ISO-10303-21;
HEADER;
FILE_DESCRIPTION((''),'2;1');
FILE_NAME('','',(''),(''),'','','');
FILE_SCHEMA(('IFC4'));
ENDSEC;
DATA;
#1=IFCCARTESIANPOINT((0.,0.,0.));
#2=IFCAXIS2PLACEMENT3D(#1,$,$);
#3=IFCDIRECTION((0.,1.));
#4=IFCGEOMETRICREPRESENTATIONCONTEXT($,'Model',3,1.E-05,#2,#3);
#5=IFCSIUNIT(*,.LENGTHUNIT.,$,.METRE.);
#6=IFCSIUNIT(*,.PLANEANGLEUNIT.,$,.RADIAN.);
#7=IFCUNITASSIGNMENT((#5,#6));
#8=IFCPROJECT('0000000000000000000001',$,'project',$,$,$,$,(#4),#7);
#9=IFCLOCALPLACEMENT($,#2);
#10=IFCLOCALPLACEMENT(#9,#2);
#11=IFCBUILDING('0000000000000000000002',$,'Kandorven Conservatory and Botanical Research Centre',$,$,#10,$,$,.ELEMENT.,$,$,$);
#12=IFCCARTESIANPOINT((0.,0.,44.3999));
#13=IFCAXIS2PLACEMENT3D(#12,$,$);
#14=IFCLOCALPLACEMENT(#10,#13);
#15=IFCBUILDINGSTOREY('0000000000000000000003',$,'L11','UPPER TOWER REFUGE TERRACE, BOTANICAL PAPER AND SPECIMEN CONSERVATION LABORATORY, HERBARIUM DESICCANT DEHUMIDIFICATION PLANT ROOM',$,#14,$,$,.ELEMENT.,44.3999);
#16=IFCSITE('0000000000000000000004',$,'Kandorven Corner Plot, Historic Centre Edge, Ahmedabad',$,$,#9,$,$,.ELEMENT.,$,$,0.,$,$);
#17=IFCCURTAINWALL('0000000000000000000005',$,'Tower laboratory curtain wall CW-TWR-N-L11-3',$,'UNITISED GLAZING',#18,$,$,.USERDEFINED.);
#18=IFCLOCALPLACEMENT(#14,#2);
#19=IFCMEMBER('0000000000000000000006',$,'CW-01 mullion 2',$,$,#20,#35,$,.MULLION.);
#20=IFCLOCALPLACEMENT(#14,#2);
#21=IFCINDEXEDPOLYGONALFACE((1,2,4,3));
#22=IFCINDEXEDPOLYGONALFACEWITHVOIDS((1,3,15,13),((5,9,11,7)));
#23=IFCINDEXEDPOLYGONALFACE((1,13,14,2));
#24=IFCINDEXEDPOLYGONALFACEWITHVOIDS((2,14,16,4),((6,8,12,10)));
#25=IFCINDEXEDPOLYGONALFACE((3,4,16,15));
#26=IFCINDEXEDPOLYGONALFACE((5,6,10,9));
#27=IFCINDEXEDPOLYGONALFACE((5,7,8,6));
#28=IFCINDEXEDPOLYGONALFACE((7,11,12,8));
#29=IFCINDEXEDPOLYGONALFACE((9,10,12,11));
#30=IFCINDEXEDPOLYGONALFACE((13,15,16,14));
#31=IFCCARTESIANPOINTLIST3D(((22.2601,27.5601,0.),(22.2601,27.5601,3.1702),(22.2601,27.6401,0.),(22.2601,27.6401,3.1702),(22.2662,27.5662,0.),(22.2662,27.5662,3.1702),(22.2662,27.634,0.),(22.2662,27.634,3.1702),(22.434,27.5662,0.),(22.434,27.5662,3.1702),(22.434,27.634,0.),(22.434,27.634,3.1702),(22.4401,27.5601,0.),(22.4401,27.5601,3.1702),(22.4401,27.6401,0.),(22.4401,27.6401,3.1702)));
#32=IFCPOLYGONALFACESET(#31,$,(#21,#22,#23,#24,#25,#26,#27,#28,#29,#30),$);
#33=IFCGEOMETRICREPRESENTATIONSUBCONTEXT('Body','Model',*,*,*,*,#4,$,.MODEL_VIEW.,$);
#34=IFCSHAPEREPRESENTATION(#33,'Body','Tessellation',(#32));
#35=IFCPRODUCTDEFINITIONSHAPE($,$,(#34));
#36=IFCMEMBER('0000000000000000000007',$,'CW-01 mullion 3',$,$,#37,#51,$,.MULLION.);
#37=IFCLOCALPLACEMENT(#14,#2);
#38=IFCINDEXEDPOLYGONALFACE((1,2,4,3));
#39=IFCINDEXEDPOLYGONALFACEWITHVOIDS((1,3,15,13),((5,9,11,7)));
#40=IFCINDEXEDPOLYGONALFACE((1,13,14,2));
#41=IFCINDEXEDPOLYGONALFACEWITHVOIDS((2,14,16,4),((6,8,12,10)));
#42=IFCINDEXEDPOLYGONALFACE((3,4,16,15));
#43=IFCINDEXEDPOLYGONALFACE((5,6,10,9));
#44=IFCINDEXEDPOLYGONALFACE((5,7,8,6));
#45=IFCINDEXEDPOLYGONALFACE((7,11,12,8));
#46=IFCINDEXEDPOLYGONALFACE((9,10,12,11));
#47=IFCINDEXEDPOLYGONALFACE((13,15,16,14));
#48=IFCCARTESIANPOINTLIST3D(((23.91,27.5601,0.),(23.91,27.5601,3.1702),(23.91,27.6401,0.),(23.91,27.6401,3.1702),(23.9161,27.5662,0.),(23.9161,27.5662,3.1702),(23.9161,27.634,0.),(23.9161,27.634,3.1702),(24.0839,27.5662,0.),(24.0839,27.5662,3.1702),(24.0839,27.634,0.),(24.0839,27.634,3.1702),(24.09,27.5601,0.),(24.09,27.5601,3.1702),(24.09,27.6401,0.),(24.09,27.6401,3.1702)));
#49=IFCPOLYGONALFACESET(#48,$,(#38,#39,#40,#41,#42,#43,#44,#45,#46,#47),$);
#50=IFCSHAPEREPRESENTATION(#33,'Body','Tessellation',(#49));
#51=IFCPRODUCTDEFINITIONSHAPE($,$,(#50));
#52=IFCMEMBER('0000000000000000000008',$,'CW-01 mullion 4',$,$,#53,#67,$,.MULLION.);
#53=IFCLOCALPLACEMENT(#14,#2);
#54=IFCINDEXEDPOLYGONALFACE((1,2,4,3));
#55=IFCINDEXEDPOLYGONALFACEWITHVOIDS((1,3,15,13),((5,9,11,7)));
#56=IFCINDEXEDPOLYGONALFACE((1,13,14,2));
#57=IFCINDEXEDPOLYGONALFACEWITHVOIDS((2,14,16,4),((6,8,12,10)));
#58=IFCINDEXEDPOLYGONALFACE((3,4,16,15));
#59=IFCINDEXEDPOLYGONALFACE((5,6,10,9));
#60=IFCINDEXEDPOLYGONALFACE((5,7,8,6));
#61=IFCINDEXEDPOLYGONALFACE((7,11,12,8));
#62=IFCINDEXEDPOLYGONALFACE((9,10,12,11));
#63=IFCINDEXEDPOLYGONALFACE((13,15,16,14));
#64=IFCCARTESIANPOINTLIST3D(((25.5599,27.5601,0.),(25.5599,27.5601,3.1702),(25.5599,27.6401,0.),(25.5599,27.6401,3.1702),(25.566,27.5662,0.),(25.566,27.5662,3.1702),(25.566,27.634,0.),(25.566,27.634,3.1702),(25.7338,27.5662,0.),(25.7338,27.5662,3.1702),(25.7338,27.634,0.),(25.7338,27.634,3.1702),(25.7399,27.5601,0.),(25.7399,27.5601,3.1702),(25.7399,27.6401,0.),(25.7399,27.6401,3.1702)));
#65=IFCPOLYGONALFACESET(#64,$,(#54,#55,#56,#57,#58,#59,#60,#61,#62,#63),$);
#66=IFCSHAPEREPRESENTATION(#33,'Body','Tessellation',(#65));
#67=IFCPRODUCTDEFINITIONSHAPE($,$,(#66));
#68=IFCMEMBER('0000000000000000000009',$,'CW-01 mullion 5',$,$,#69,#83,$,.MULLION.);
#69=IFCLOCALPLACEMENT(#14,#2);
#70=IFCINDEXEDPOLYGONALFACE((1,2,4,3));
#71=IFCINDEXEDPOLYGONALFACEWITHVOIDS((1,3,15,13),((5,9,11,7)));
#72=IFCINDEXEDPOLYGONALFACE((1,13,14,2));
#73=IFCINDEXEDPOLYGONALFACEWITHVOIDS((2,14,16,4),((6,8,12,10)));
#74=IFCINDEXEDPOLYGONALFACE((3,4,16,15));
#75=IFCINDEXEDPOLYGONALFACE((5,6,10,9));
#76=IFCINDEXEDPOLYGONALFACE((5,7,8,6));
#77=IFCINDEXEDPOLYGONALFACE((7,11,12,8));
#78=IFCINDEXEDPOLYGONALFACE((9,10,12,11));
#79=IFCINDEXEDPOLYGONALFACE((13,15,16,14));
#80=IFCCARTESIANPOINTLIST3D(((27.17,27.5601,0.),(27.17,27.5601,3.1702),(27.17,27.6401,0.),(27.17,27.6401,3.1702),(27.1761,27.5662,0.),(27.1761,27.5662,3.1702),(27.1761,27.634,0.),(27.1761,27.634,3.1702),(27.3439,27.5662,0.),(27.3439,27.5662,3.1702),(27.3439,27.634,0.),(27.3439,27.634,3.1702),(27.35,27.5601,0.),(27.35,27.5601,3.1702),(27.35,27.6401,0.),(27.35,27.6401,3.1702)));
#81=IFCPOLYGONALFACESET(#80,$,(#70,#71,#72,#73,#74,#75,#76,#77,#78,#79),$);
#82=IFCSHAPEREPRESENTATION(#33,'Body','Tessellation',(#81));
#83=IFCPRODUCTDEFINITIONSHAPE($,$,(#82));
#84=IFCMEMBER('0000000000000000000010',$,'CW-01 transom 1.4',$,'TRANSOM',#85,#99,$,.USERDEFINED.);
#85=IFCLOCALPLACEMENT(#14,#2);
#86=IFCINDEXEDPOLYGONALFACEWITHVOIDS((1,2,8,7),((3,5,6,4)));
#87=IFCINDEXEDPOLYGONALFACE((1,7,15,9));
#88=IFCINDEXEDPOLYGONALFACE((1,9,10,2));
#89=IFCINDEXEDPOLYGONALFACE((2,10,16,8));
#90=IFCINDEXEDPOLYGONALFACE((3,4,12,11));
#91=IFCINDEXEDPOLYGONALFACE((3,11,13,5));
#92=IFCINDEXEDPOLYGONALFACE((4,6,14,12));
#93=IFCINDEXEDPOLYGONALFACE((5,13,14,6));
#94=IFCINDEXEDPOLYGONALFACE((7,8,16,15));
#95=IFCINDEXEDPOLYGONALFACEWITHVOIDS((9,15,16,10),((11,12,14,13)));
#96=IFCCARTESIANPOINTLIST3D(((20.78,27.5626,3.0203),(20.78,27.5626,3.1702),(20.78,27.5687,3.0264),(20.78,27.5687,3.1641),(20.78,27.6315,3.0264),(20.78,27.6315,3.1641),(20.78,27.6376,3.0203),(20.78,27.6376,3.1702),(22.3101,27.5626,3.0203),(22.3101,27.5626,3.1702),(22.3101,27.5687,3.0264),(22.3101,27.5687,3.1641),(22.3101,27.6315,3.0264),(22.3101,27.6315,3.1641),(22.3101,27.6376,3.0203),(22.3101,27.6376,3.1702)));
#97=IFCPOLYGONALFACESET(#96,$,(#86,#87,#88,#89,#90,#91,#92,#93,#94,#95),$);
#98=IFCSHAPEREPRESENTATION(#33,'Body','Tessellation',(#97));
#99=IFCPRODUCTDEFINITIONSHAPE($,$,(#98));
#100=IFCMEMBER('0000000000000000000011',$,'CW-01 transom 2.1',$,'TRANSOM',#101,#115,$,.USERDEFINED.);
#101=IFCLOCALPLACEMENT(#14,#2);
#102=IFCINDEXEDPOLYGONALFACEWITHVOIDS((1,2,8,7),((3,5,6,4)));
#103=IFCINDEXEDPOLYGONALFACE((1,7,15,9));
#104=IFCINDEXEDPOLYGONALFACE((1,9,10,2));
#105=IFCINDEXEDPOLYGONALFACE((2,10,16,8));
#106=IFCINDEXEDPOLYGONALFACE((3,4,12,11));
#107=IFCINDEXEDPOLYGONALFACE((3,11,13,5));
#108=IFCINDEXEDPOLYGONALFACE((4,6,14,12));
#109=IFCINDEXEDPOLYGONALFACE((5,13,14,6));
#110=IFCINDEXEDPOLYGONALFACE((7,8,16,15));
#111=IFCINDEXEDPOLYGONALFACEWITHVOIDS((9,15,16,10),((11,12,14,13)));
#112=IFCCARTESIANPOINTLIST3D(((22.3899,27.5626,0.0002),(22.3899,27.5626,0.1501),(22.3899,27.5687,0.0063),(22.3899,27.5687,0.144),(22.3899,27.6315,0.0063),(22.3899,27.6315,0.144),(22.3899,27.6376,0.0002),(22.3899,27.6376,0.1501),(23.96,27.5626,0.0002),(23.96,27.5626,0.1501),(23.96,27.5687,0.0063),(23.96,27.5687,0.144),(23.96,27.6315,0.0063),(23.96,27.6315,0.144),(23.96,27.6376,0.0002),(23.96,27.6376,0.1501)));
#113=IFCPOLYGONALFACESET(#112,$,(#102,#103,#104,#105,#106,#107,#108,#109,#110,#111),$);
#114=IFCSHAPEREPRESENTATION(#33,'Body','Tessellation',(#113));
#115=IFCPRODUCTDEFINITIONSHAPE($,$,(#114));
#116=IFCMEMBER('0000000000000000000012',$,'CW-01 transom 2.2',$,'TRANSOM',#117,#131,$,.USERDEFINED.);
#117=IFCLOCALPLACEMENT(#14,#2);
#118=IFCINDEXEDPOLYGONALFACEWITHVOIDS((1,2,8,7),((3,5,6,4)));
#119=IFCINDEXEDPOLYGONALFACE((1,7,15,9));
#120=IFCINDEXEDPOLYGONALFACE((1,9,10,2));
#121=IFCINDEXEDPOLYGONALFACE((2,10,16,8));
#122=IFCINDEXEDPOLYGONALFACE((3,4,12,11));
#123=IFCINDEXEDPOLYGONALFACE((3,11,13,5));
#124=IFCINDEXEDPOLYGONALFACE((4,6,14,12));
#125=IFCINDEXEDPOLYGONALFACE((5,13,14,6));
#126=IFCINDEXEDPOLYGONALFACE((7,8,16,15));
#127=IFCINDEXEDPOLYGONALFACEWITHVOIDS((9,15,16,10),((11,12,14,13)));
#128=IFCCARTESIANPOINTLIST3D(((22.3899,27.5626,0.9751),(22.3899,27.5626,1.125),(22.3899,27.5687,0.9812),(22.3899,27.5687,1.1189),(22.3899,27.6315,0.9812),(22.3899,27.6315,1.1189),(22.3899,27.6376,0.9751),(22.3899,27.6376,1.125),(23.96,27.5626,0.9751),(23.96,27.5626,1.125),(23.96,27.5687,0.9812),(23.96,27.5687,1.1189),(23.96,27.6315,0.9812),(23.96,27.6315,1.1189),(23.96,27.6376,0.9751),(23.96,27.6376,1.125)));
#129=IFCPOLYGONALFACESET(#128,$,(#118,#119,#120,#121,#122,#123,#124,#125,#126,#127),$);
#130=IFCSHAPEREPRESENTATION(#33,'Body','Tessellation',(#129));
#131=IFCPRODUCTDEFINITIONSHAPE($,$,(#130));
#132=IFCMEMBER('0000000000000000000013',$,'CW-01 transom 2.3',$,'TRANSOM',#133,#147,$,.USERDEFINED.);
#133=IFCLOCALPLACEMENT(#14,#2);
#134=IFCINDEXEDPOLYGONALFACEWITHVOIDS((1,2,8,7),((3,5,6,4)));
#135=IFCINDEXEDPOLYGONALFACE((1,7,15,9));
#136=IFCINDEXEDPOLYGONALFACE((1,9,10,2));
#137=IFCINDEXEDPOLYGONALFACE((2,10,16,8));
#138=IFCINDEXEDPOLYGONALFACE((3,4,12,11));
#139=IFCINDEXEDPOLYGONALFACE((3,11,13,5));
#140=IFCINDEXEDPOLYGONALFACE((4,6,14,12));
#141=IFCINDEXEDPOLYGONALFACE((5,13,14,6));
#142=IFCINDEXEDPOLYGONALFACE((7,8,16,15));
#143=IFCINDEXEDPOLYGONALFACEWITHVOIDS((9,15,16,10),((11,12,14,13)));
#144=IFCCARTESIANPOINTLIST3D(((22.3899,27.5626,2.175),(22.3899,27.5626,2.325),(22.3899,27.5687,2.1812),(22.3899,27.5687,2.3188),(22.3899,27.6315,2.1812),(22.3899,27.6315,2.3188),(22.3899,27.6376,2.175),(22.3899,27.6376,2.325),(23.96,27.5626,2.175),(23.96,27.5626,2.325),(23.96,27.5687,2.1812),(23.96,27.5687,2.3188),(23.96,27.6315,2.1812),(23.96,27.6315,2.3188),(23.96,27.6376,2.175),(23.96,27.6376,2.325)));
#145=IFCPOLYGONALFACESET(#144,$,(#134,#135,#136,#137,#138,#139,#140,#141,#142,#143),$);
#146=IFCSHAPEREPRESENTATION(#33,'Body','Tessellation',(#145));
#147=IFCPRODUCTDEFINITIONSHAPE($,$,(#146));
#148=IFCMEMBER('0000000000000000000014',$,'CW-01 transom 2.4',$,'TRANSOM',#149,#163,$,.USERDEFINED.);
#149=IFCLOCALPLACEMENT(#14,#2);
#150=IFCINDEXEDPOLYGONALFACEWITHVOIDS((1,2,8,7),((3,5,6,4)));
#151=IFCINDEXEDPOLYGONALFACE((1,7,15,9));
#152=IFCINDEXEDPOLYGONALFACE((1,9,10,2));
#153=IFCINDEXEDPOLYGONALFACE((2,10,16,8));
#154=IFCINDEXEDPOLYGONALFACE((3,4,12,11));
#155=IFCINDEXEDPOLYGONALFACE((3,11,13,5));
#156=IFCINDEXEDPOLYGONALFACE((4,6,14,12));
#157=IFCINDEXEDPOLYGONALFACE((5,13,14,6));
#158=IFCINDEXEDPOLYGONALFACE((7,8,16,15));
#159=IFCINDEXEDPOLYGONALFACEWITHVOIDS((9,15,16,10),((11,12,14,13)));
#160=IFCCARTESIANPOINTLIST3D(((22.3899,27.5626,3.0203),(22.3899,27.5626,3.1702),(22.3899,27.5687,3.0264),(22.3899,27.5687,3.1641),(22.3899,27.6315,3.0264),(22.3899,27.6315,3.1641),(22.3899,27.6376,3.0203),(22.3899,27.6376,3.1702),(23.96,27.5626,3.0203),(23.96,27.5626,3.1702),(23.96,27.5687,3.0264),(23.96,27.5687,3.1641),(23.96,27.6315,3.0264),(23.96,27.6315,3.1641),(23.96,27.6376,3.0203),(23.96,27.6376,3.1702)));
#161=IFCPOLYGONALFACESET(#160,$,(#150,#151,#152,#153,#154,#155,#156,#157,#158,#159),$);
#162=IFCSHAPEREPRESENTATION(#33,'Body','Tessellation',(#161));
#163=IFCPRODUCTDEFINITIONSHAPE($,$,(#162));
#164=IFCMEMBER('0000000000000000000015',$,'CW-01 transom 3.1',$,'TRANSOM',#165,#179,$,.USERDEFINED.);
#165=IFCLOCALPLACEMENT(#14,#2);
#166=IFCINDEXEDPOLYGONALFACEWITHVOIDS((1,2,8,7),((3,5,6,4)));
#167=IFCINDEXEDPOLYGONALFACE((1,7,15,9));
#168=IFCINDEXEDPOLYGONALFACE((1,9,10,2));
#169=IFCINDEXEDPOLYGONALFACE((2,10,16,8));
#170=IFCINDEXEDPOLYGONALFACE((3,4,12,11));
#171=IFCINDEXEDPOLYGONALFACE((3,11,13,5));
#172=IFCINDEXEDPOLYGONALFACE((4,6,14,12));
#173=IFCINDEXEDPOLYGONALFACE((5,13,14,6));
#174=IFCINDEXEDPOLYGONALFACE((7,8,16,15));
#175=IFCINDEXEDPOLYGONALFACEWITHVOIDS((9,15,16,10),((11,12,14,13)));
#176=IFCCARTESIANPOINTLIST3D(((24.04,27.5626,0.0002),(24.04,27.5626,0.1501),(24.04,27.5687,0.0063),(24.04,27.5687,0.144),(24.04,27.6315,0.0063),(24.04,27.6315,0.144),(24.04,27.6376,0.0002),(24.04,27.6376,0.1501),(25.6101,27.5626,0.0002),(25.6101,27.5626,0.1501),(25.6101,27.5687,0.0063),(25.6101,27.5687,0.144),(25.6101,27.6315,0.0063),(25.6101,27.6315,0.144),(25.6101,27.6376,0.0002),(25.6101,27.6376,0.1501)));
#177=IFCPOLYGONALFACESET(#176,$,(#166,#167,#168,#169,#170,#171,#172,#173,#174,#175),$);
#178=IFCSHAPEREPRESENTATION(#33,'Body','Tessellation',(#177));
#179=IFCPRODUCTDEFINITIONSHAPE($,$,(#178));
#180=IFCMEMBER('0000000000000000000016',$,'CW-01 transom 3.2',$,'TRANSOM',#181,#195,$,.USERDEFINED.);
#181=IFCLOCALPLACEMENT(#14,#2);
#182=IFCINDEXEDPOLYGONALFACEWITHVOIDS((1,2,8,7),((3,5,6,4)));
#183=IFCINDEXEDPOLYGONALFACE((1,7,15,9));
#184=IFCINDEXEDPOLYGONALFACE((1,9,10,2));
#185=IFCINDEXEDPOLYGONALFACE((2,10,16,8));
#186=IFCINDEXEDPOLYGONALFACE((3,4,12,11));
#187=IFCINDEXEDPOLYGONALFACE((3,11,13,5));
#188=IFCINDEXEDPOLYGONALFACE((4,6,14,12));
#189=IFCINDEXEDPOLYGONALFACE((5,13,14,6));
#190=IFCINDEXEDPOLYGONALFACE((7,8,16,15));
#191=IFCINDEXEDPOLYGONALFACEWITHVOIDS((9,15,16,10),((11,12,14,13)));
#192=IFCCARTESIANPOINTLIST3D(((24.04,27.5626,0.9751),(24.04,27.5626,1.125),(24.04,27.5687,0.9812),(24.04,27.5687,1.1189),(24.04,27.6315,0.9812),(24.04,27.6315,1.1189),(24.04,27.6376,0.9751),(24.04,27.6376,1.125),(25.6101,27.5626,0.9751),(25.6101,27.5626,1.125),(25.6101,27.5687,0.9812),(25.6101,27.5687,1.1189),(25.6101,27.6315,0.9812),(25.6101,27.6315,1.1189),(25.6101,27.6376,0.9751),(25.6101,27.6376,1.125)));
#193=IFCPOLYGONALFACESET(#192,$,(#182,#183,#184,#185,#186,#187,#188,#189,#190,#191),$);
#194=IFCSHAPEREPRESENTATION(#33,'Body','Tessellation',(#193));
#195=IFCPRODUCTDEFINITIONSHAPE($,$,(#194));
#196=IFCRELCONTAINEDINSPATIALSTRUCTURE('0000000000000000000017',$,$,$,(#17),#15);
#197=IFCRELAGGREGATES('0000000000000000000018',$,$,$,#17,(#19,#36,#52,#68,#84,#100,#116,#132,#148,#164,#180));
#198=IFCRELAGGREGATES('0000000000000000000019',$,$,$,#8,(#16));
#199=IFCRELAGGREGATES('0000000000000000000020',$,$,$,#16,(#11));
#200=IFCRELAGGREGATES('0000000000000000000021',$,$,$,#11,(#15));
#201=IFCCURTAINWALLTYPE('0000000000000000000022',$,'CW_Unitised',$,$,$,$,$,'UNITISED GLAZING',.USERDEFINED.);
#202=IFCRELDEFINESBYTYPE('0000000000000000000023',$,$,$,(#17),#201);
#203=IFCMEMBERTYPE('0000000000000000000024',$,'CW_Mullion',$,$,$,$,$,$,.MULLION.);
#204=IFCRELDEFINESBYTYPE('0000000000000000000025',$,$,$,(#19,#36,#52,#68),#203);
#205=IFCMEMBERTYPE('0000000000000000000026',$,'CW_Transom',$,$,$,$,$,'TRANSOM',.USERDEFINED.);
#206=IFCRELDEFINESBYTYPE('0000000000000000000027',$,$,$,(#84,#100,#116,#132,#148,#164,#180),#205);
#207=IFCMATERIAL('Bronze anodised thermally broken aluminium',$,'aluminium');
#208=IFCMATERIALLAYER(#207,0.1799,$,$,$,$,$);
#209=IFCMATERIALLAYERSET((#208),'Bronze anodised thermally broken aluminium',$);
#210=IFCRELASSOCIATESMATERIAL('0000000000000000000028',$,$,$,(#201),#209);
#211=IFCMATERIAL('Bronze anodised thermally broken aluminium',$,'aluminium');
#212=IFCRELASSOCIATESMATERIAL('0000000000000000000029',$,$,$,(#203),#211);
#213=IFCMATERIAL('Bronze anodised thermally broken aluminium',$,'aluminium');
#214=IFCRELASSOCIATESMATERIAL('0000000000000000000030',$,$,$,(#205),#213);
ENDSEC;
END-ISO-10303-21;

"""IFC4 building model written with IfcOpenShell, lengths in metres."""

from ifc_helpers import new_model, si_unit, direction, frame, origin, origin_2d, place, context, subcontext, project, spatial, hollow_rectangle, extrude, material, layer, layer_set, material_profile, profile_set, type_object, element, aggregate, save


model = new_model("IFC4")

# Units and contexts
model_context = context("Model", 3, precision=1e-05, world=origin(), true_north=direction((0.0, 1.0)))
body_context = subcontext(model_context, "Body", "Model", "MODEL_VIEW")
ifc_project = project(units=[si_unit("LENGTHUNIT", "METRE"), si_unit("PLANEANGLEUNIT", "RADIAN")], contexts=[model_context])

# Site, building, storey
site_placement = place(None, origin())
site = spatial("IfcSite", under=ifc_project, at=site_placement, Name="Kandorven Corner Plot, Historic Centre Edge, Ahmedabad", CompositionType="ELEMENT", RefElevation=0.0)
building_placement = place(site_placement, origin())
building = spatial("IfcBuilding", under=site, at=building_placement, Name="Kandorven Conservatory and Botanical Research Centre", CompositionType="ELEMENT")
storey_placement = place(building_placement, frame((0.0, 0.0, 44.3999)))
storey = spatial("IfcBuildingStorey", under=building, at=storey_placement, Name="L11", Description="UPPER TOWER REFUGE TERRACE, BOTANICAL PAPER AND SPECIMEN CONSERVATION LABORATORY, HERBARIUM DESICCANT DEHUMIDIFICATION PLANT ROOM", CompositionType="ELEMENT", Elevation=44.3999)

# Curtain wall, members
ifc_material_1 = material(Name="Bronze anodised thermally broken aluminium", Category="aluminium")
ifc_layer_1 = layer(ifc_material_1, 0.1799)
ifc_layer_set_1 = layer_set([ifc_layer_1], Name="Bronze anodised thermally broken aluminium")
curtain_wall_type = type_object("IfcCurtainWallType", Name="CW_Unitised", ElementType="UNITISED GLAZING", PredefinedType="USERDEFINED", material=ifc_layer_set_1)
curtain_wall_placement = place(storey_placement, origin())
curtain_wall = element("IfcCurtainWall", 1, at=curtain_wall_placement, inside=storey, type_object=curtain_wall_type, Name="Tower laboratory curtain wall CW-TWR-N-L11-3", ObjectType="UNITISED GLAZING", PredefinedType="USERDEFINED")
ifc_material_2 = material(Name="Bronze anodised thermally broken aluminium", Category="aluminium")
ifc_material_profile_1 = material_profile(ifc_material_2, hollow_rectangle(XDim=0.0801, YDim=0.1799, WallThickness=0.0061, at=origin_2d()))
ifc_profile_set_1 = profile_set([ifc_material_profile_1], Name="Bronze anodised thermally broken aluminium")
member_type_1 = type_object("IfcMemberType", Name="CW_Mullion", PredefinedType="MULLION", material=ifc_profile_set_1)
member_1_placement = place(storey_placement, frame((22.3501, 27.6001, 0.0), z_axis=(0.0, 0.0, 1.0), x_axis=(0.0, 1.0, 0.0)))
member_1 = element("IfcMember", 2, at=member_1_placement, type_object=member_type_1, Name="CW-01 mullion 2", PredefinedType="MULLION", context=body_context, shape_type="SweptSolid", body=[
    extrude(hollow_rectangle(XDim=0.0801, YDim=0.1799, WallThickness=0.0061, at=origin_2d()), origin(), (0.0, 0.0, 1.0), 3.1702),
])
member_2_placement = place(storey_placement, frame((24.0, 27.6001, 0.0), z_axis=(0.0, 0.0, 1.0), x_axis=(0.0, 1.0, 0.0)))
member_2 = element("IfcMember", 3, at=member_2_placement, type_object=member_type_1, Name="CW-01 mullion 3", PredefinedType="MULLION", context=body_context, shape_type="SweptSolid", body=[
    extrude(hollow_rectangle(XDim=0.0801, YDim=0.1799, WallThickness=0.0061, at=origin_2d()), origin(), (0.0, 0.0, 1.0), 3.1702),
])
member_3_placement = place(storey_placement, frame((25.6499, 27.6001, 0.0), z_axis=(0.0, 0.0, 1.0), x_axis=(0.0, 1.0, 0.0)))
member_3 = element("IfcMember", 4, at=member_3_placement, type_object=member_type_1, Name="CW-01 mullion 4", PredefinedType="MULLION", context=body_context, shape_type="SweptSolid", body=[
    extrude(hollow_rectangle(XDim=0.0801, YDim=0.1799, WallThickness=0.0061, at=origin_2d()), origin(), (0.0, 0.0, 1.0), 3.1702),
])
member_4_placement = place(storey_placement, frame((27.26, 27.6001, 0.0), z_axis=(0.0, 0.0, 1.0), x_axis=(0.0, 1.0, 0.0)))
member_4 = element("IfcMember", 5, at=member_4_placement, type_object=member_type_1, Name="CW-01 mullion 5", PredefinedType="MULLION", context=body_context, shape_type="SweptSolid", body=[
    extrude(hollow_rectangle(XDim=0.0801, YDim=0.1799, WallThickness=0.0061, at=origin_2d()), origin(), (0.0, 0.0, 1.0), 3.1702),
])
ifc_material_3 = material(Name="Bronze anodised thermally broken aluminium", Category="aluminium")
ifc_material_profile_2 = material_profile(ifc_material_3, hollow_rectangle(XDim=0.075, YDim=0.1499, WallThickness=0.0061, at=origin_2d()))
ifc_profile_set_2 = profile_set([ifc_material_profile_2], Name="Bronze anodised thermally broken aluminium")
member_type_2 = type_object("IfcMemberType", Name="CW_Transom", ElementType="TRANSOM", PredefinedType="USERDEFINED", material=ifc_profile_set_2)
member_5_placement = place(storey_placement, frame((20.78, 27.6001, 3.0952), z_axis=(1.0, 0.0, 0.0), x_axis=(0.0, 1.0, 0.0)))
member_5 = element("IfcMember", 6, at=member_5_placement, type_object=member_type_2, Name="CW-01 transom 1.4", ObjectType="TRANSOM", PredefinedType="USERDEFINED", context=body_context, shape_type="SweptSolid", body=[
    extrude(hollow_rectangle(XDim=0.075, YDim=0.1499, WallThickness=0.0061, at=origin_2d()), origin(), (0.0, 0.0, 1.0), 1.53),
])
member_6_placement = place(storey_placement, frame((22.3899, 27.6001, 0.0752), z_axis=(1.0, 0.0, 0.0), x_axis=(0.0, 1.0, 0.0)))
member_6 = element("IfcMember", 7, at=member_6_placement, type_object=member_type_2, Name="CW-01 transom 2.1", ObjectType="TRANSOM", PredefinedType="USERDEFINED", context=body_context, shape_type="SweptSolid", body=[
    extrude(hollow_rectangle(XDim=0.075, YDim=0.1499, WallThickness=0.0061, at=origin_2d()), origin(), (0.0, 0.0, 1.0), 1.5701),
])
member_7_placement = place(storey_placement, frame((22.3899, 27.6001, 1.05), z_axis=(1.0, 0.0, 0.0), x_axis=(0.0, 1.0, 0.0)))
member_7 = element("IfcMember", 8, at=member_7_placement, type_object=member_type_2, Name="CW-01 transom 2.2", ObjectType="TRANSOM", PredefinedType="USERDEFINED", context=body_context, shape_type="SweptSolid", body=[
    extrude(hollow_rectangle(XDim=0.075, YDim=0.1499, WallThickness=0.0061, at=origin_2d()), origin(), (0.0, 0.0, 1.0), 1.5701),
])
member_8_placement = place(storey_placement, frame((22.3899, 27.6001, 2.25), z_axis=(1.0, 0.0, 0.0), x_axis=(0.0, 1.0, 0.0)))
member_8 = element("IfcMember", 9, at=member_8_placement, type_object=member_type_2, Name="CW-01 transom 2.3", ObjectType="TRANSOM", PredefinedType="USERDEFINED", context=body_context, shape_type="SweptSolid", body=[
    extrude(hollow_rectangle(XDim=0.075, YDim=0.1499, WallThickness=0.0061, at=origin_2d()), origin(), (0.0, 0.0, 1.0), 1.5701),
])
member_9_placement = place(storey_placement, frame((22.3899, 27.6001, 3.0952), z_axis=(1.0, 0.0, 0.0), x_axis=(0.0, 1.0, 0.0)))
member_9 = element("IfcMember", 10, at=member_9_placement, type_object=member_type_2, Name="CW-01 transom 2.4", ObjectType="TRANSOM", PredefinedType="USERDEFINED", context=body_context, shape_type="SweptSolid", body=[
    extrude(hollow_rectangle(XDim=0.075, YDim=0.1499, WallThickness=0.0061, at=origin_2d()), origin(), (0.0, 0.0, 1.0), 1.5701),
])
member_10_placement = place(storey_placement, frame((24.04, 27.6001, 0.0752), z_axis=(1.0, 0.0, 0.0), x_axis=(0.0, 1.0, 0.0)))
member_10 = element("IfcMember", 11, at=member_10_placement, type_object=member_type_2, Name="CW-01 transom 3.1", ObjectType="TRANSOM", PredefinedType="USERDEFINED", context=body_context, shape_type="SweptSolid", body=[
    extrude(hollow_rectangle(XDim=0.075, YDim=0.1499, WallThickness=0.0061, at=origin_2d()), origin(), (0.0, 0.0, 1.0), 1.5701),
])
member_11_placement = place(storey_placement, frame((24.04, 27.6001, 1.05), z_axis=(1.0, 0.0, 0.0), x_axis=(0.0, 1.0, 0.0)))
member_11 = element("IfcMember", 12, at=member_11_placement, type_object=member_type_2, Name="CW-01 transom 3.2", ObjectType="TRANSOM", PredefinedType="USERDEFINED", context=body_context, shape_type="SweptSolid", body=[
    extrude(hollow_rectangle(XDim=0.075, YDim=0.1499, WallThickness=0.0061, at=origin_2d()), origin(), (0.0, 0.0, 1.0), 1.5701),
])
aggregate(curtain_wall, [member_1, member_2, member_3, member_4, member_5, member_6, member_7, member_8, member_9, member_10, member_11])

save(model, "model.ifc")
